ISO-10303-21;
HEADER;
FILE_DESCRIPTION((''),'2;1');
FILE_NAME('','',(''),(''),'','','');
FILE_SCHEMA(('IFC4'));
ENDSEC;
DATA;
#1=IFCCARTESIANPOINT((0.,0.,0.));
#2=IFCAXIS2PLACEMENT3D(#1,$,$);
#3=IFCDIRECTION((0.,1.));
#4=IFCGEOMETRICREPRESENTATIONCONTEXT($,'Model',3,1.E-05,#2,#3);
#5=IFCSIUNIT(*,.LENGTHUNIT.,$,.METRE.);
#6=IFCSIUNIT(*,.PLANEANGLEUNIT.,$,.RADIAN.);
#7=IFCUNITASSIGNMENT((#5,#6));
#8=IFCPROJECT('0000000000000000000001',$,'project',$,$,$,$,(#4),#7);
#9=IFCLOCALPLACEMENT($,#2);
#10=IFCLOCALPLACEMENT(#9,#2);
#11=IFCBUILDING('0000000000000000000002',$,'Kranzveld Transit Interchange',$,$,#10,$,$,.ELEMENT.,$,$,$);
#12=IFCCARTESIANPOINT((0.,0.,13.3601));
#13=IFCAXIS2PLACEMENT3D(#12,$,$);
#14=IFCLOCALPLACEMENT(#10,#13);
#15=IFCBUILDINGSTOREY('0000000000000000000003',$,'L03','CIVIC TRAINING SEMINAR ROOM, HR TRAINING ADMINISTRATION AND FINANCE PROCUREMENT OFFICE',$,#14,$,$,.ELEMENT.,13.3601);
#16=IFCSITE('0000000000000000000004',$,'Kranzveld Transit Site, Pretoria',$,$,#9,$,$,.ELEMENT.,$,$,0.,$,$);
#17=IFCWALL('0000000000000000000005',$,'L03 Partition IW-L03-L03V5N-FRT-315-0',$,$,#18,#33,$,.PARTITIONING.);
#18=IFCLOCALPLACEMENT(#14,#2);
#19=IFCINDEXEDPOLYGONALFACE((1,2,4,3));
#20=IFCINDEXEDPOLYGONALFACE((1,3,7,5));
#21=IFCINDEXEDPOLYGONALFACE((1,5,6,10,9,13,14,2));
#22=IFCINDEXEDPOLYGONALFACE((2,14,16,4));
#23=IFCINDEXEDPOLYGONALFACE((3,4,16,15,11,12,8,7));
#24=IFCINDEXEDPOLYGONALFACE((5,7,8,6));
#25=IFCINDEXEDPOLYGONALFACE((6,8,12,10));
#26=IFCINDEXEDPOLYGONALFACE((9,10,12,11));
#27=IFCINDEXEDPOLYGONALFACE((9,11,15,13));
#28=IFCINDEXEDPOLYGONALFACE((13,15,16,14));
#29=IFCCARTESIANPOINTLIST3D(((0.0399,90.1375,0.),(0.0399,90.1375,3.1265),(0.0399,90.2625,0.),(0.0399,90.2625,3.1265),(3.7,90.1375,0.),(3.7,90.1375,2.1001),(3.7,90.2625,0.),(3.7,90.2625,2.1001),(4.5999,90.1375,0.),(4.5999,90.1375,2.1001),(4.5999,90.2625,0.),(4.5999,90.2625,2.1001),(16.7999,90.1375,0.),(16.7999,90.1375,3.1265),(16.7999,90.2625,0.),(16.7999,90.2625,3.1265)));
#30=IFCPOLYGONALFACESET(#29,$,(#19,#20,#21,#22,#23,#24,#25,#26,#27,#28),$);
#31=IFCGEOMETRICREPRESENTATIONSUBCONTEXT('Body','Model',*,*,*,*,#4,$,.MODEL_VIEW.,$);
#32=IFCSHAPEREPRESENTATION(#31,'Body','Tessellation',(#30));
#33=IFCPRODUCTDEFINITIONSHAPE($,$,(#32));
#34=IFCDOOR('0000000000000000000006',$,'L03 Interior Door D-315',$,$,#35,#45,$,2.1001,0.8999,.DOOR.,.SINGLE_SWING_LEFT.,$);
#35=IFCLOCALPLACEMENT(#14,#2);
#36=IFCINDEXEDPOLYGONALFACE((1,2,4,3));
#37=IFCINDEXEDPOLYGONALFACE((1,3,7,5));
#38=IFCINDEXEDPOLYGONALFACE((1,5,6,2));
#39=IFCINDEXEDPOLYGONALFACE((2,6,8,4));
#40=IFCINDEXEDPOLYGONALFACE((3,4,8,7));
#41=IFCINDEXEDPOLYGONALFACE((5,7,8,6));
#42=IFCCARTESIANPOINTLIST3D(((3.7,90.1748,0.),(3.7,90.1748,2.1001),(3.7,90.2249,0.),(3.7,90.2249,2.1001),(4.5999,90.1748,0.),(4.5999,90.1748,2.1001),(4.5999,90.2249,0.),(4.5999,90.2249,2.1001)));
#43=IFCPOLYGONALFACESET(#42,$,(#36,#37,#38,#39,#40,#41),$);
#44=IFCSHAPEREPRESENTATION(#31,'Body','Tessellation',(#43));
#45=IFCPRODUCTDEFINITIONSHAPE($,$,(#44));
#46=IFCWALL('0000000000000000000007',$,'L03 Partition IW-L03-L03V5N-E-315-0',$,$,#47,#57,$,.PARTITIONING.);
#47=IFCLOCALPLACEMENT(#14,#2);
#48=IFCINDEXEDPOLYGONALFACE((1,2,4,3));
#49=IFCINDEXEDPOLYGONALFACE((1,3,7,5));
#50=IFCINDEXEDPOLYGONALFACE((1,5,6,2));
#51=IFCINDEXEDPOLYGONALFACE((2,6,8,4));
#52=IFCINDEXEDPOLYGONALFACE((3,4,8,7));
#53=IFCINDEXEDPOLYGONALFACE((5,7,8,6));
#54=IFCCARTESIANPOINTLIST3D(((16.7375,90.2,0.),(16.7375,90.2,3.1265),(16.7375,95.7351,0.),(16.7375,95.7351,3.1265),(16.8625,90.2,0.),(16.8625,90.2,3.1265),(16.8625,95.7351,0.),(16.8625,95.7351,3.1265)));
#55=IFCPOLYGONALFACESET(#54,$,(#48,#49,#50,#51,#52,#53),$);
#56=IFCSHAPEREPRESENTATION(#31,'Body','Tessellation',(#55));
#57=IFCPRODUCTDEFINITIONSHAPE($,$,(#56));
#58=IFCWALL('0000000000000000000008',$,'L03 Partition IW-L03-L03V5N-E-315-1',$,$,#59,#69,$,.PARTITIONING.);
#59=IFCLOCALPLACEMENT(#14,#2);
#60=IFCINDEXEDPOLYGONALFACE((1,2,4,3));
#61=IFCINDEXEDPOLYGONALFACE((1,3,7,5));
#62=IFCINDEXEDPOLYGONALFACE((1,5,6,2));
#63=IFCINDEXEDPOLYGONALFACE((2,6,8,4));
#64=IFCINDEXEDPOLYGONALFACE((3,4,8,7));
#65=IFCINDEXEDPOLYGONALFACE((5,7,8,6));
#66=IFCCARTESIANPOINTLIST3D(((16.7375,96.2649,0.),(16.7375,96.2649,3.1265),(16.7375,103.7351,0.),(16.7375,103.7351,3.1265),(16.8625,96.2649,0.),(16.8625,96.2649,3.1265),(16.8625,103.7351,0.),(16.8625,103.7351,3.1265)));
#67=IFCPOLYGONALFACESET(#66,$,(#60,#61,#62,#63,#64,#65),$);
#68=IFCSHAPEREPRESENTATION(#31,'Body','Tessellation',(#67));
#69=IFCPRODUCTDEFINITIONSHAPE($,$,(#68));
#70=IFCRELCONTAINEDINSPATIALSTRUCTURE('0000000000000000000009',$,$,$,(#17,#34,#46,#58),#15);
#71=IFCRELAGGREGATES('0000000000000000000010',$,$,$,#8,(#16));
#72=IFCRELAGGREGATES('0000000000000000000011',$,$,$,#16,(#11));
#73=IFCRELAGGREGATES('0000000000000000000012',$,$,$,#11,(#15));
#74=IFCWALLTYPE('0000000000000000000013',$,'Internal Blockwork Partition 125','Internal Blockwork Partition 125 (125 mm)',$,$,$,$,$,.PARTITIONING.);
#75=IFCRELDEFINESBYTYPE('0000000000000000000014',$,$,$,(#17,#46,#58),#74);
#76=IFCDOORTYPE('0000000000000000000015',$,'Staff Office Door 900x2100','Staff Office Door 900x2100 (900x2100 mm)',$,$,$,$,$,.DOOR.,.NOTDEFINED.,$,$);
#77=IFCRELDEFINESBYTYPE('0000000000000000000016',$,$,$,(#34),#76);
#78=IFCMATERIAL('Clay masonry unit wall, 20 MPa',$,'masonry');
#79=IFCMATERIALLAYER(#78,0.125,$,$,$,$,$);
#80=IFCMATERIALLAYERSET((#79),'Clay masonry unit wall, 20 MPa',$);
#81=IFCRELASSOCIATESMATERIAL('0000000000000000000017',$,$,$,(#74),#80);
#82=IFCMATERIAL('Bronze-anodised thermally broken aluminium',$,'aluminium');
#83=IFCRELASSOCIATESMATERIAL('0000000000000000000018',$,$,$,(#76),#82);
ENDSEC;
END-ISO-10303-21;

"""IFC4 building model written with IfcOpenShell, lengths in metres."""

from ifc_helpers import new_model, si_unit, direction, frame, frame_2d, origin, place, context, subcontext, project, spatial, rectangle, extrude, material, layer, layer_set, type_object, element, fill, save


model = new_model("IFC4")

# Units and contexts
model_context = context("Model", 3, precision=1e-05, world=origin(), true_north=direction((0.0, 1.0)))
body_context = subcontext(model_context, "Body", "Model", "MODEL_VIEW")
ifc_project = project(units=[si_unit("LENGTHUNIT", "METRE"), si_unit("PLANEANGLEUNIT", "RADIAN")], contexts=[model_context])

# Site, building, storey
site_placement = place(None, origin())
site = spatial("IfcSite", under=ifc_project, at=site_placement, Name="Kranzveld Transit Site, Pretoria", CompositionType="ELEMENT", RefElevation=0.0)
building_placement = place(site_placement, origin())
building = spatial("IfcBuilding", under=site, at=building_placement, Name="Kranzveld Transit Interchange", CompositionType="ELEMENT")
storey_placement = place(building_placement, frame((0.0, 0.0, 13.3601)))
storey = spatial("IfcBuildingStorey", under=building, at=storey_placement, Name="L03", Description="CIVIC TRAINING SEMINAR ROOM, HR TRAINING ADMINISTRATION AND FINANCE PROCUREMENT OFFICE", CompositionType="ELEMENT", Elevation=13.3601)

# Wall, opening, door
ifc_material_1 = material(Name="Clay masonry unit wall, 20 MPa", Category="masonry")
ifc_layer_1 = layer(ifc_material_1, 0.125)
ifc_layer_set_1 = layer_set([ifc_layer_1], Name="Clay masonry unit wall, 20 MPa")
wall_type_1 = type_object("IfcWallType", Name="Internal Blockwork Partition 125", Description="Internal Blockwork Partition 125 (125 mm)", PredefinedType="PARTITIONING", material=ifc_layer_set_1)
wall_1_placement = place(storey_placement, frame((0.04, 90.2, 0.0), z_axis=(0.0, 0.0, 1.0), x_axis=(1.0, 0.0, 0.0)))
wall_1 = element("IfcWall", 1, at=wall_1_placement, inside=storey, type_object=wall_type_1, Name="L03 Partition IW-L03-L03V5N-FRT-315-0", PredefinedType="PARTITIONING", context=body_context, shape_type="SweptSolid", body=[
    extrude(rectangle(XDim=16.76, YDim=0.125, at=frame_2d((8.3799, 0.0))), origin(), (0.0, 0.0, 1.0), 3.1265),
])
opening_1_placement = place(wall_1_placement, frame((3.6599, 0.0, 0.0), z_axis=(0.0, 0.0, 1.0), x_axis=(1.0, 0.0, 0.0)))
opening_1 = element("IfcOpeningElement", 2, at=opening_1_placement, cuts=wall_1, PredefinedType="OPENING", context=body_context, shape_type="SweptSolid", body=[
    extrude(rectangle(XDim=0.8999, YDim=2.1001, at=frame_2d((0.45, 1.05))), frame((0.0, 0.0725, 0.0), z_axis=(0.0, -1.0, 0.0), x_axis=(1.0, 0.0, 0.0)), (0.0, 0.0, 1.0), 0.145),
])
ifc_material_2 = material(Name="Bronze-anodised thermally broken aluminium", Category="aluminium")
door_type_1 = type_object("IfcDoorType", Name="Staff Office Door 900x2100", Description="Staff Office Door 900x2100 (900x2100 mm)", OperationType="NOTDEFINED", PredefinedType="DOOR", material=ifc_material_2)
door_1_placement = place(opening_1_placement, origin())
door_1 = element("IfcDoor", 3, at=door_1_placement, inside=storey, type_object=door_type_1, Name="L03 Interior Door D-315", OperationType="SINGLE_SWING_LEFT", OverallHeight=2.1001, OverallWidth=0.8999, PredefinedType="DOOR", context=body_context, shape_type="SweptSolid", body=[
    extrude(rectangle(XDim=0.8999, YDim=2.1001, at=frame_2d((0.45, 1.05))), frame((0.0, 0.0249, 0.0), z_axis=(0.0, -1.0, 0.0), x_axis=(1.0, 0.0, 0.0)), (0.0, 0.0, 1.0), 0.05),
])
fill(opening_1, door_1)

# Walls
wall_2_placement = place(storey_placement, frame((16.8, 90.2, 0.0), z_axis=(0.0, 0.0, 1.0), x_axis=(0.0, 1.0, 0.0)))
element("IfcWall", 4, at=wall_2_placement, inside=storey, type_object=wall_type_1, Name="L03 Partition IW-L03-L03V5N-E-315-0", PredefinedType="PARTITIONING", context=body_context, shape_type="SweptSolid", body=[
    extrude(rectangle(XDim=5.5352, YDim=0.125, at=frame_2d((2.7676, 0.0))), origin(), (0.0, 0.0, 1.0), 3.1265),
])
wall_3_placement = place(storey_placement, frame((16.8, 96.2649, 0.0), z_axis=(0.0, 0.0, 1.0), x_axis=(0.0, 1.0, 0.0)))
element("IfcWall", 5, at=wall_3_placement, inside=storey, type_object=wall_type_1, Name="L03 Partition IW-L03-L03V5N-E-315-1", PredefinedType="PARTITIONING", context=body_context, shape_type="SweptSolid", body=[
    extrude(rectangle(XDim=7.4702, YDim=0.125, at=frame_2d((3.7351, 0.0))), origin(), (0.0, 0.0, 1.0), 3.1265),
])

save(model, "model.ifc")
